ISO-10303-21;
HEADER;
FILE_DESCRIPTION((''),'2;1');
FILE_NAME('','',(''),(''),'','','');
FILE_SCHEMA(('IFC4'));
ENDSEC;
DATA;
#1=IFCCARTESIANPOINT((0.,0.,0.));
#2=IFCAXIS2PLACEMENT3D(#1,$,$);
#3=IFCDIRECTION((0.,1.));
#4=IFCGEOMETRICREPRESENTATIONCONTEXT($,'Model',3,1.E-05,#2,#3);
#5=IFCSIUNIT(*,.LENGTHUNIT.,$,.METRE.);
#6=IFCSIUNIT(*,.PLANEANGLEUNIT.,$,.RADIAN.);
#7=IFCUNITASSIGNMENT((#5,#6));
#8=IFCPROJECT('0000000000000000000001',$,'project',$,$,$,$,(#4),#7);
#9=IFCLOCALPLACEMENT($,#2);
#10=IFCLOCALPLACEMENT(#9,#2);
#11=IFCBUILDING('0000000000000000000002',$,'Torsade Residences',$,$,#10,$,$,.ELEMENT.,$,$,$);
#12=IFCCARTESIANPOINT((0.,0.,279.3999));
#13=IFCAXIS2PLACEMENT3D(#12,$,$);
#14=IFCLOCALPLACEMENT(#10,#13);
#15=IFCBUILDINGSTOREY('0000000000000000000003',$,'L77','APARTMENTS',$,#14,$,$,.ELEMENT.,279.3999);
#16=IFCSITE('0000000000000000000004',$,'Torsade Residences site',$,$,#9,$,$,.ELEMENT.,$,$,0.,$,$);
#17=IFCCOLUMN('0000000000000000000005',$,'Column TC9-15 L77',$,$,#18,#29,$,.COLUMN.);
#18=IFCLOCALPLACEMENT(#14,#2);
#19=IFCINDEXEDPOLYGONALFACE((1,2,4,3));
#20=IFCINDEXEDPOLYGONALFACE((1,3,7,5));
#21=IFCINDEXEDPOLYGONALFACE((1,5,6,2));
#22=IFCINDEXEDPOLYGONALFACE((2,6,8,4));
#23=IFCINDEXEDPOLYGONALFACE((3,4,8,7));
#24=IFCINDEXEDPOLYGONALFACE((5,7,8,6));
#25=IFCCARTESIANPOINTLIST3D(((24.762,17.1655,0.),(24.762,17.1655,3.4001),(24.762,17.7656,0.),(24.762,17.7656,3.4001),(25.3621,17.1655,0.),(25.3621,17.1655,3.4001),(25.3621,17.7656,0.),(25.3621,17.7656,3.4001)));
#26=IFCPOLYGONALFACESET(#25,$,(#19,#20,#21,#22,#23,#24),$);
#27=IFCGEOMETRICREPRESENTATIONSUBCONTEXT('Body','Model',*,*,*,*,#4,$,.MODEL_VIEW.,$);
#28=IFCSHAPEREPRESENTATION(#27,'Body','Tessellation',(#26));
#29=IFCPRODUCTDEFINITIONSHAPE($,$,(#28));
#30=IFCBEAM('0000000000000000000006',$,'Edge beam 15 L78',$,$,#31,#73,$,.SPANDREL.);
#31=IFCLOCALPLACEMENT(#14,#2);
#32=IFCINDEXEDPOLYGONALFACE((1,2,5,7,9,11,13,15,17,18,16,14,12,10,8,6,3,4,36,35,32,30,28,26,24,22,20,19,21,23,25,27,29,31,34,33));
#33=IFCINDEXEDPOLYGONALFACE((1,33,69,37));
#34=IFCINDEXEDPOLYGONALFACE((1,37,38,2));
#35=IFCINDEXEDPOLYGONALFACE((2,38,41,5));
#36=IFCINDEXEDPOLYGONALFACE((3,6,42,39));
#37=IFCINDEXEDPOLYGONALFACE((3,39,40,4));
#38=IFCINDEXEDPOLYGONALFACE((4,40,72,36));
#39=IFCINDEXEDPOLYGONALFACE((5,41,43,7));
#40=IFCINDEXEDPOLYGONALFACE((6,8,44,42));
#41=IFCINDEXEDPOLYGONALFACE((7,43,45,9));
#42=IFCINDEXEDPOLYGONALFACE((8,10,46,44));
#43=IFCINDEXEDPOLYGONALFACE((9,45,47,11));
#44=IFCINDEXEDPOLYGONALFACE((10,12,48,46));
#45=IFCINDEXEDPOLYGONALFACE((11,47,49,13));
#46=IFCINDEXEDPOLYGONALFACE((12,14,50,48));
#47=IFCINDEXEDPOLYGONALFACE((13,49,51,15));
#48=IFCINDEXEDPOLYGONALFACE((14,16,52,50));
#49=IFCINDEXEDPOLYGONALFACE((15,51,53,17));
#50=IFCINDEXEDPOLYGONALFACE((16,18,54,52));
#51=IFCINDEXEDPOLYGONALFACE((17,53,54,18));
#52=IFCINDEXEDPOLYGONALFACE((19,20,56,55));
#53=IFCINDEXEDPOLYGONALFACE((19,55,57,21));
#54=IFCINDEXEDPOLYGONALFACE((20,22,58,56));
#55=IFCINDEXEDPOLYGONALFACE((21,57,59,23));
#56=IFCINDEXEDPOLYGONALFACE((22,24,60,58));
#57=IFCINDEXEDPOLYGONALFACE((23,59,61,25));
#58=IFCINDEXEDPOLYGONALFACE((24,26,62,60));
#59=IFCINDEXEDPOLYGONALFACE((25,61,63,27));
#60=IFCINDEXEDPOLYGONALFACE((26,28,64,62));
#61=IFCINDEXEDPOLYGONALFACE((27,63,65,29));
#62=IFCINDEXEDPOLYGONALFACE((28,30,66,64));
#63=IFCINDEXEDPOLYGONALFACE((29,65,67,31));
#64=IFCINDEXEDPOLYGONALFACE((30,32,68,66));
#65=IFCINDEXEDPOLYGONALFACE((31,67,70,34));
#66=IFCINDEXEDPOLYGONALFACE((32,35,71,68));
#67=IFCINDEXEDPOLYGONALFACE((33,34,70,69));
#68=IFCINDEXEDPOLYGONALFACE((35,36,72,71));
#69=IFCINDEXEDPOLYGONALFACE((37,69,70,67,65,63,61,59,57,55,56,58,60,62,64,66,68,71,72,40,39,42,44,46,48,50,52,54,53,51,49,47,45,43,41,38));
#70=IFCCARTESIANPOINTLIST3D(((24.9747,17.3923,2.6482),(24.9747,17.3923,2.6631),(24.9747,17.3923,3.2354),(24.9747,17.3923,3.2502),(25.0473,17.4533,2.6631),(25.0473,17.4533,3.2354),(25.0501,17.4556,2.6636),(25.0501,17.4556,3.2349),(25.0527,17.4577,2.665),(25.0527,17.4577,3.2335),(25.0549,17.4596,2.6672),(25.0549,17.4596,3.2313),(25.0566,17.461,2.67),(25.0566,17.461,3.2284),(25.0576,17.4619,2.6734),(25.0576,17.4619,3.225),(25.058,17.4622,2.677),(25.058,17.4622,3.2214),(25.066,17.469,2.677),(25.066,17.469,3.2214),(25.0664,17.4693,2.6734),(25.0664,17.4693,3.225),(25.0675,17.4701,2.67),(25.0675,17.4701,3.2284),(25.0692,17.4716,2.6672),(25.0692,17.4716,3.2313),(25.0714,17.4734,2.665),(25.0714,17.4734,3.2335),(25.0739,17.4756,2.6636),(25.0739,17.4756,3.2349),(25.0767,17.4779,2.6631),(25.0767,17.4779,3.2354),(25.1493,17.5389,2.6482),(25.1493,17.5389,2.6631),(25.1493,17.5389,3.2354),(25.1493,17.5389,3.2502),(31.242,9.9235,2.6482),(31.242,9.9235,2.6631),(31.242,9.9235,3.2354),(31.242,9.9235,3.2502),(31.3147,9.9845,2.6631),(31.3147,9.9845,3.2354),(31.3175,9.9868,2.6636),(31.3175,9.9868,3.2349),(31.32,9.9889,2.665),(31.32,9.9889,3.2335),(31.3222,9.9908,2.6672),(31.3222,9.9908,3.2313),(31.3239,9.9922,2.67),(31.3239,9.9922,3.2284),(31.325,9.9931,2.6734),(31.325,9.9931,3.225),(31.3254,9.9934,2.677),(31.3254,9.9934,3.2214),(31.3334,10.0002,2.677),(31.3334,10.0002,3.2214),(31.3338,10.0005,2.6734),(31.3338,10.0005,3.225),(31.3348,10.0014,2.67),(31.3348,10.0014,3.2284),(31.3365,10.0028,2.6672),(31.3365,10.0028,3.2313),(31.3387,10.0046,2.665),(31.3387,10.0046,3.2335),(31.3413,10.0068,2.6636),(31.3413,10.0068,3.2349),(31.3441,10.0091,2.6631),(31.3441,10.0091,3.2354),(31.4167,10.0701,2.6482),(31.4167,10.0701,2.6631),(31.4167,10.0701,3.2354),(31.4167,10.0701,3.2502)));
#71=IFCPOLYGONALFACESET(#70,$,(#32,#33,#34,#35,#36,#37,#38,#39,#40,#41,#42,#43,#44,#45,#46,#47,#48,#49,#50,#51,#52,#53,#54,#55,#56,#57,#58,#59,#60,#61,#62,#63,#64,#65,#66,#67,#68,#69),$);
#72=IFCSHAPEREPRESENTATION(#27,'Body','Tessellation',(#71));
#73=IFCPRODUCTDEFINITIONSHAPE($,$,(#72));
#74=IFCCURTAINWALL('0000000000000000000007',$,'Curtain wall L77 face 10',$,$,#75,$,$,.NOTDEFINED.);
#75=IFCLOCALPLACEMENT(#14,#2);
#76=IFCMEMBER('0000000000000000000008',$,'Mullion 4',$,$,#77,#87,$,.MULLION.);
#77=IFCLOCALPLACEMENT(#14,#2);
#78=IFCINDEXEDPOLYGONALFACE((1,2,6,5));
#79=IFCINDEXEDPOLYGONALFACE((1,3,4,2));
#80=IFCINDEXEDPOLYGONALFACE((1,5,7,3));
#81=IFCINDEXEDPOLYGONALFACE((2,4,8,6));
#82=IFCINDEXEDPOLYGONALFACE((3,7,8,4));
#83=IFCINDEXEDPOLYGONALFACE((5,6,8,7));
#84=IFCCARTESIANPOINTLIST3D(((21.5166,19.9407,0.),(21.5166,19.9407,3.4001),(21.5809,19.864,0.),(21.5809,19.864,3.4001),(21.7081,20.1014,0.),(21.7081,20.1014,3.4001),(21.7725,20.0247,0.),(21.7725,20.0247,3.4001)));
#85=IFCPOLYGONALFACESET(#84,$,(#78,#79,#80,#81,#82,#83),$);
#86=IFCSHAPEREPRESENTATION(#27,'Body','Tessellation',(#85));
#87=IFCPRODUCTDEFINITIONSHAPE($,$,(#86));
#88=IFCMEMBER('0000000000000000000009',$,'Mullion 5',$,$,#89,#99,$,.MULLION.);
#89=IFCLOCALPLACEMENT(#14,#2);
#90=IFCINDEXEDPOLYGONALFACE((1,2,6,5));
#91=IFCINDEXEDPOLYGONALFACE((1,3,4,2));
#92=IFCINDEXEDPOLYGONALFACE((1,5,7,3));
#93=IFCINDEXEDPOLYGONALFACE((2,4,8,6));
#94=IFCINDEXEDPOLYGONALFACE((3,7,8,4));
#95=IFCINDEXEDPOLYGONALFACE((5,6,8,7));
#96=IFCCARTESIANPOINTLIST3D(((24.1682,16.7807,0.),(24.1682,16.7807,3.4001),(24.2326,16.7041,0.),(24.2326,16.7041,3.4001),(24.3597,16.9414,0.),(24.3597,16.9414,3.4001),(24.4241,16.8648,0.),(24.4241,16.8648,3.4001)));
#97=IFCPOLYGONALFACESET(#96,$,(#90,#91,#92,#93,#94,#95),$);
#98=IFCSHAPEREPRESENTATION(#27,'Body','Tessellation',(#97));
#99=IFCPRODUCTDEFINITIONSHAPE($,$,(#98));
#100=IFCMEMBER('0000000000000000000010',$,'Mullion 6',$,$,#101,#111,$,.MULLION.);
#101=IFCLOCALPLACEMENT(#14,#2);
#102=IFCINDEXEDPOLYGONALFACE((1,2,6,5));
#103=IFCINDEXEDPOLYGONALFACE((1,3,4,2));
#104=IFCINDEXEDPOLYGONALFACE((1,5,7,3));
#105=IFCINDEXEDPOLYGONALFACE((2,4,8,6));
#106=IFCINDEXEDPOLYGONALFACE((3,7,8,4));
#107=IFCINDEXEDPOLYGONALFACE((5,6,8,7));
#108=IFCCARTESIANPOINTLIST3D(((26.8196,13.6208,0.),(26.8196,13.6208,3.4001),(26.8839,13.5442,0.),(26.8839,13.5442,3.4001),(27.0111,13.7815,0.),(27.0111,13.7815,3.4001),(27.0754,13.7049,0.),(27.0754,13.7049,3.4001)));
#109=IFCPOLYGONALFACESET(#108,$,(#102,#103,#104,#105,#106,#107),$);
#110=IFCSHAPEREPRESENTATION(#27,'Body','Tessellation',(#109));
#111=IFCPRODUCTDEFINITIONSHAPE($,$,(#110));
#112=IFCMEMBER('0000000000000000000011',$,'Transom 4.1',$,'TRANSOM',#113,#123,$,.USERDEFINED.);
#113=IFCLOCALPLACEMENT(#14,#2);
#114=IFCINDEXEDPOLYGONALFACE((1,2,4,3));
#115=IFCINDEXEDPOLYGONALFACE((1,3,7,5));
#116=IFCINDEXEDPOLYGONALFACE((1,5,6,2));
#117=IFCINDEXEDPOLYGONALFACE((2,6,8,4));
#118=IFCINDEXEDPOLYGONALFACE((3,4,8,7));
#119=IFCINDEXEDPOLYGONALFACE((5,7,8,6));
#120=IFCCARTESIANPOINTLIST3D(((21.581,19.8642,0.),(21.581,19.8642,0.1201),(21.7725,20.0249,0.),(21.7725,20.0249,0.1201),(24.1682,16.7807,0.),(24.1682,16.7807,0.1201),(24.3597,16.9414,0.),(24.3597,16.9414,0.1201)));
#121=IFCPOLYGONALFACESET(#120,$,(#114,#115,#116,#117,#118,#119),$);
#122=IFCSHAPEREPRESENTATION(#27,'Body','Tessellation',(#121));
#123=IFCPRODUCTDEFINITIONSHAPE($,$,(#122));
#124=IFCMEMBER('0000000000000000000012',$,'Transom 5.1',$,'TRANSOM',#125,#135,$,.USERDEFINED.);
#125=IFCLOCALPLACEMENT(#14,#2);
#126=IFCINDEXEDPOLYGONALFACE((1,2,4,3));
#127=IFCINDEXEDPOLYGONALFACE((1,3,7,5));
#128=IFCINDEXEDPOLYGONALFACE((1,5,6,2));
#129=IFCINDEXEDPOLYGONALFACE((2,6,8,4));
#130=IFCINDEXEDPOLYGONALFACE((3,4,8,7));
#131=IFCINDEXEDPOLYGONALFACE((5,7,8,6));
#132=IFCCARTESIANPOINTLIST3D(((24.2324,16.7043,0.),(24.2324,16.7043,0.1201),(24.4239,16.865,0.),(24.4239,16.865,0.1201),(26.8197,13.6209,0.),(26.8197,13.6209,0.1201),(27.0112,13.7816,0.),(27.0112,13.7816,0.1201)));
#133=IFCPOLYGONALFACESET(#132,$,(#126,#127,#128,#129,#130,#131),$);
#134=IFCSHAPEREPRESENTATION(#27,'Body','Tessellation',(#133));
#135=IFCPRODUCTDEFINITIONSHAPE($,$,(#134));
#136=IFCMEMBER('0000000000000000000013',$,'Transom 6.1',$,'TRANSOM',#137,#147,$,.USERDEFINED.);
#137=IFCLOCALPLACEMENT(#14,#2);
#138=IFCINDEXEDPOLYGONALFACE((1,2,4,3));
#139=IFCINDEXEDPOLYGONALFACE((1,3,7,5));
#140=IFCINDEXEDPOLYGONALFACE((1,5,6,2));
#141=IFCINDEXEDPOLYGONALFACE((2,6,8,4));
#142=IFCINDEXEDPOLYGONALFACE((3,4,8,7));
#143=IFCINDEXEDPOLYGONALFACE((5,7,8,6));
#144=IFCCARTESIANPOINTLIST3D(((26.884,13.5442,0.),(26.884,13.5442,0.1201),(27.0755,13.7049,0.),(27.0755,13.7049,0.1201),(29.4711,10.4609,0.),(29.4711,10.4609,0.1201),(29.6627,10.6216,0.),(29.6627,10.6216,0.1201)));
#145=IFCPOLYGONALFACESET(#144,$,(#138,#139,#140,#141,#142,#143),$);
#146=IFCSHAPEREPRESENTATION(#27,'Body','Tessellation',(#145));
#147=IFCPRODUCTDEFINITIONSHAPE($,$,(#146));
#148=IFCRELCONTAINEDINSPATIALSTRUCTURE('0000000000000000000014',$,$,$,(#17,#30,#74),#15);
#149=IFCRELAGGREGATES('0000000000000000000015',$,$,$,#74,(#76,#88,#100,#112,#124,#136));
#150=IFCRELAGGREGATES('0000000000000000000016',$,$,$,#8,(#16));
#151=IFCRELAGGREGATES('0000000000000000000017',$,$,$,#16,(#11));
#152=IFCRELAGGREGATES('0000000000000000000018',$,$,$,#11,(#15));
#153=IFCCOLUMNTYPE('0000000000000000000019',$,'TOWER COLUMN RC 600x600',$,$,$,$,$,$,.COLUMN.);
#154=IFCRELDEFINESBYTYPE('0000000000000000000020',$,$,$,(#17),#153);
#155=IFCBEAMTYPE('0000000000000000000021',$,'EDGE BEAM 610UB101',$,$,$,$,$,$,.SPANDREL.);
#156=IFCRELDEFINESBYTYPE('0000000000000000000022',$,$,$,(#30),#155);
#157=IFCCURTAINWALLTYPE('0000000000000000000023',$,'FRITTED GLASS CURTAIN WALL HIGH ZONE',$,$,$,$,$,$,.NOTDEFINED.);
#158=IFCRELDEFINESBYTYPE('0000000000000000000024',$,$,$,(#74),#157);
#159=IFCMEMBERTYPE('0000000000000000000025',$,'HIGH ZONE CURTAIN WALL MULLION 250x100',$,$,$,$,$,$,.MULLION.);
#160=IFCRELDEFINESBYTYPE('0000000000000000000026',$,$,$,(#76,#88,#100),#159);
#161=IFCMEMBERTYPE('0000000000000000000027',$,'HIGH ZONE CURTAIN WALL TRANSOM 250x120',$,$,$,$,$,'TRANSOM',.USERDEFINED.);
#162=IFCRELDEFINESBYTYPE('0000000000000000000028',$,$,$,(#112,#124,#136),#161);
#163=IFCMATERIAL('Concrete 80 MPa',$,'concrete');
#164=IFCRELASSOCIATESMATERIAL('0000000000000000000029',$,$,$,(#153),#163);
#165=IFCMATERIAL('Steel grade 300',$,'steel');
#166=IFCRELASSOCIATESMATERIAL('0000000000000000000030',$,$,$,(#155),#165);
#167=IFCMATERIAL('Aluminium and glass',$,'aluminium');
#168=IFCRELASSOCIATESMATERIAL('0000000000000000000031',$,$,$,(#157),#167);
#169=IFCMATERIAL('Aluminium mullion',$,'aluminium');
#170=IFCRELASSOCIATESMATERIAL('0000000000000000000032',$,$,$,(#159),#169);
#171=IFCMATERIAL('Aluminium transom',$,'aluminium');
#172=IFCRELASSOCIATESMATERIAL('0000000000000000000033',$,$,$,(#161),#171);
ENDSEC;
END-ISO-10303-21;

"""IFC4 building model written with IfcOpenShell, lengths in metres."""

from ifc_helpers import new_model, si_unit, direction, frame, origin, origin_2d, place, context, subcontext, project, spatial, rectangle, i_section, extrude, material, material_profile, profile_set, type_object, element, aggregate, save


model = new_model("IFC4")

# Units and contexts
model_context = context("Model", 3, precision=1e-05, world=origin(), true_north=direction((0.0, 1.0)))
body_context = subcontext(model_context, "Body", "Model", "MODEL_VIEW")
ifc_project = project(units=[si_unit("LENGTHUNIT", "METRE"), si_unit("PLANEANGLEUNIT", "RADIAN")], contexts=[model_context])

# Site, building, storey
site_placement = place(None, origin())
site = spatial("IfcSite", under=ifc_project, at=site_placement, Name="Torsade Residences site", CompositionType="ELEMENT", RefElevation=0.0)
building_placement = place(site_placement, origin())
building = spatial("IfcBuilding", under=site, at=building_placement, Name="Torsade Residences", CompositionType="ELEMENT")
storey_placement = place(building_placement, frame((0.0, 0.0, 279.3999)))
storey = spatial("IfcBuildingStorey", under=building, at=storey_placement, Name="L77", Description="APARTMENTS", CompositionType="ELEMENT", Elevation=279.3999)

# Column
ifc_material_1 = material(Name="Concrete 80 MPa", Category="concrete")
ifc_material_profile_1 = material_profile(ifc_material_1, rectangle(XDim=0.6001, YDim=0.6001, at=origin_2d()), Name="RC 600x600")
ifc_profile_set_1 = profile_set([ifc_material_profile_1], Name="Concrete 80 MPa")
column_type = type_object("IfcColumnType", Name="TOWER COLUMN RC 600x600", PredefinedType="COLUMN", material=ifc_profile_set_1)
column_placement = place(storey_placement, frame((25.062, 17.4656, 0.0), z_axis=(0.0, 0.0, 1.0), x_axis=(1.0, 0.0, 0.0)))
element("IfcColumn", 1, at=column_placement, inside=storey, type_object=column_type, Name="Column TC9-15 L77", PredefinedType="COLUMN", context=body_context, shape_type="SweptSolid", body=[
    extrude(rectangle(XDim=0.6001, YDim=0.6001, at=origin_2d()), origin(), (0.0, 0.0, 1.0), 3.4001),
])

# Beam
ifc_material_2 = material(Name="Steel grade 300", Category="steel")
ifc_material_profile_2 = material_profile(ifc_material_2, i_section(OverallWidth=0.228, OverallDepth=0.6021, WebThickness=0.0105, FlangeThickness=0.0149, FilletRadius=0.0139, at=origin_2d()), Name="610UB101")
ifc_profile_set_2 = profile_set([ifc_material_profile_2], Name="Steel grade 300")
beam_type = type_object("IfcBeamType", Name="EDGE BEAM 610UB101", PredefinedType="SPANDREL", material=ifc_profile_set_2)
beam_placement = place(storey_placement, frame((25.062, 17.4656, 2.9492), z_axis=(0.642806, -0.766029, 0.0), x_axis=(0.766029, 0.642806, 0.0)))
element("IfcBeam", 2, at=beam_placement, inside=storey, type_object=beam_type, Name="Edge beam 15 L78", PredefinedType="SPANDREL", context=body_context, shape_type="SweptSolid", body=[
    extrude(i_section(OverallWidth=0.228, OverallDepth=0.6021, WebThickness=0.0105, FlangeThickness=0.0149, FilletRadius=0.0139, at=origin_2d()), origin(), (0.0, 0.0, 1.0), 9.75),
])

# Curtain wall, members
ifc_material_3 = material(Name="Aluminium and glass", Category="aluminium")
curtain_wall_type = type_object("IfcCurtainWallType", Name="FRITTED GLASS CURTAIN WALL HIGH ZONE", PredefinedType="NOTDEFINED", material=ifc_material_3)
curtain_wall_placement = place(storey_placement, origin())
curtain_wall = element("IfcCurtainWall", 3, at=curtain_wall_placement, inside=storey, type_object=curtain_wall_type, Name="Curtain wall L77 face 10", PredefinedType="NOTDEFINED")
ifc_material_4 = material(Name="Aluminium mullion", Category="aluminium")
ifc_material_profile_3 = material_profile(ifc_material_4, rectangle(XDim=0.25, YDim=0.1001, at=origin_2d()), Name="HIGH ZONE CURTAIN WALL MULLION 250x100")
ifc_profile_set_3 = profile_set([ifc_material_profile_3], Name="Aluminium mullion")
member_type_1 = type_object("IfcMemberType", Name="HIGH ZONE CURTAIN WALL MULLION 250x100", PredefinedType="MULLION", material=ifc_profile_set_3)
member_1_placement = place(storey_placement, frame((21.6445, 19.9827, 0.0), z_axis=(0.0, 0.0, 1.0), x_axis=(0.766044, 0.642788, 0.0)))
member_1 = element("IfcMember", 4, at=member_1_placement, type_object=member_type_1, Name="Mullion 4", PredefinedType="MULLION", context=body_context, shape_type="SweptSolid", body=[
    extrude(rectangle(XDim=0.25, YDim=0.1001, at=origin_2d()), origin(), (0.0, 0.0, 1.0), 3.4001),
])
member_2_placement = place(storey_placement, frame((24.2961, 16.8228, 0.0), z_axis=(0.0, 0.0, 1.0), x_axis=(0.766044, 0.642788, 0.0)))
member_2 = element("IfcMember", 5, at=member_2_placement, type_object=member_type_1, Name="Mullion 5", PredefinedType="MULLION", context=body_context, shape_type="SweptSolid", body=[
    extrude(rectangle(XDim=0.25, YDim=0.1001, at=origin_2d()), origin(), (0.0, 0.0, 1.0), 3.4001),
])
member_3_placement = place(storey_placement, frame((26.9475, 13.6628, 0.0), z_axis=(0.0, 0.0, 1.0), x_axis=(0.766044, 0.642788, 0.0)))
member_3 = element("IfcMember", 6, at=member_3_placement, type_object=member_type_1, Name="Mullion 6", PredefinedType="MULLION", context=body_context, shape_type="SweptSolid", body=[
    extrude(rectangle(XDim=0.25, YDim=0.1001, at=origin_2d()), origin(), (0.0, 0.0, 1.0), 3.4001),
])
ifc_material_5 = material(Name="Aluminium transom", Category="aluminium")
ifc_material_profile_4 = material_profile(ifc_material_5, rectangle(XDim=0.25, YDim=0.1201, at=origin_2d()), Name="HIGH ZONE CURTAIN WALL TRANSOM 250x120")
ifc_profile_set_4 = profile_set([ifc_material_profile_4], Name="Aluminium transom")
member_type_2 = type_object("IfcMemberType", Name="HIGH ZONE CURTAIN WALL TRANSOM 250x120", ElementType="TRANSOM", PredefinedType="USERDEFINED", material=ifc_profile_set_4)
member_4_placement = place(storey_placement, frame((21.6768, 19.9446, 0.0601), z_axis=(0.642758, -0.766069, 0.0), x_axis=(0.766069, 0.642758, 0.0)))
member_4 = element("IfcMember", 7, at=member_4_placement, type_object=member_type_2, Name="Transom 4.1", ObjectType="TRANSOM", PredefinedType="USERDEFINED", context=body_context, shape_type="SweptSolid", body=[
    extrude(rectangle(XDim=0.25, YDim=0.1201, at=origin_2d()), origin(), (0.0, 0.0, 1.0), 4.0251),
])
member_5_placement = place(storey_placement, frame((24.3281, 16.7847, 0.0601), z_axis=(0.642794, -0.766039, 0.0), x_axis=(0.766039, 0.642794, 0.0)))
member_5 = element("IfcMember", 8, at=member_5_placement, type_object=member_type_2, Name="Transom 5.1", ObjectType="TRANSOM", PredefinedType="USERDEFINED", context=body_context, shape_type="SweptSolid", body=[
    extrude(rectangle(XDim=0.25, YDim=0.1201, at=origin_2d()), origin(), (0.0, 0.0, 1.0), 4.0251),
])
member_6_placement = place(storey_placement, frame((26.9797, 13.6245, 0.0601), z_axis=(0.642788, -0.766044, 0.0), x_axis=(0.766044, 0.642788, 0.0)))
member_6 = element("IfcMember", 9, at=member_6_placement, type_object=member_type_2, Name="Transom 6.1", ObjectType="TRANSOM", PredefinedType="USERDEFINED", context=body_context, shape_type="SweptSolid", body=[
    extrude(rectangle(XDim=0.25, YDim=0.1201, at=origin_2d()), origin(), (0.0, 0.0, 1.0), 4.0249),
])

aggregate(curtain_wall, [member_1, member_2, member_3, member_4, member_5, member_6])

save(model, "model.ifc")
